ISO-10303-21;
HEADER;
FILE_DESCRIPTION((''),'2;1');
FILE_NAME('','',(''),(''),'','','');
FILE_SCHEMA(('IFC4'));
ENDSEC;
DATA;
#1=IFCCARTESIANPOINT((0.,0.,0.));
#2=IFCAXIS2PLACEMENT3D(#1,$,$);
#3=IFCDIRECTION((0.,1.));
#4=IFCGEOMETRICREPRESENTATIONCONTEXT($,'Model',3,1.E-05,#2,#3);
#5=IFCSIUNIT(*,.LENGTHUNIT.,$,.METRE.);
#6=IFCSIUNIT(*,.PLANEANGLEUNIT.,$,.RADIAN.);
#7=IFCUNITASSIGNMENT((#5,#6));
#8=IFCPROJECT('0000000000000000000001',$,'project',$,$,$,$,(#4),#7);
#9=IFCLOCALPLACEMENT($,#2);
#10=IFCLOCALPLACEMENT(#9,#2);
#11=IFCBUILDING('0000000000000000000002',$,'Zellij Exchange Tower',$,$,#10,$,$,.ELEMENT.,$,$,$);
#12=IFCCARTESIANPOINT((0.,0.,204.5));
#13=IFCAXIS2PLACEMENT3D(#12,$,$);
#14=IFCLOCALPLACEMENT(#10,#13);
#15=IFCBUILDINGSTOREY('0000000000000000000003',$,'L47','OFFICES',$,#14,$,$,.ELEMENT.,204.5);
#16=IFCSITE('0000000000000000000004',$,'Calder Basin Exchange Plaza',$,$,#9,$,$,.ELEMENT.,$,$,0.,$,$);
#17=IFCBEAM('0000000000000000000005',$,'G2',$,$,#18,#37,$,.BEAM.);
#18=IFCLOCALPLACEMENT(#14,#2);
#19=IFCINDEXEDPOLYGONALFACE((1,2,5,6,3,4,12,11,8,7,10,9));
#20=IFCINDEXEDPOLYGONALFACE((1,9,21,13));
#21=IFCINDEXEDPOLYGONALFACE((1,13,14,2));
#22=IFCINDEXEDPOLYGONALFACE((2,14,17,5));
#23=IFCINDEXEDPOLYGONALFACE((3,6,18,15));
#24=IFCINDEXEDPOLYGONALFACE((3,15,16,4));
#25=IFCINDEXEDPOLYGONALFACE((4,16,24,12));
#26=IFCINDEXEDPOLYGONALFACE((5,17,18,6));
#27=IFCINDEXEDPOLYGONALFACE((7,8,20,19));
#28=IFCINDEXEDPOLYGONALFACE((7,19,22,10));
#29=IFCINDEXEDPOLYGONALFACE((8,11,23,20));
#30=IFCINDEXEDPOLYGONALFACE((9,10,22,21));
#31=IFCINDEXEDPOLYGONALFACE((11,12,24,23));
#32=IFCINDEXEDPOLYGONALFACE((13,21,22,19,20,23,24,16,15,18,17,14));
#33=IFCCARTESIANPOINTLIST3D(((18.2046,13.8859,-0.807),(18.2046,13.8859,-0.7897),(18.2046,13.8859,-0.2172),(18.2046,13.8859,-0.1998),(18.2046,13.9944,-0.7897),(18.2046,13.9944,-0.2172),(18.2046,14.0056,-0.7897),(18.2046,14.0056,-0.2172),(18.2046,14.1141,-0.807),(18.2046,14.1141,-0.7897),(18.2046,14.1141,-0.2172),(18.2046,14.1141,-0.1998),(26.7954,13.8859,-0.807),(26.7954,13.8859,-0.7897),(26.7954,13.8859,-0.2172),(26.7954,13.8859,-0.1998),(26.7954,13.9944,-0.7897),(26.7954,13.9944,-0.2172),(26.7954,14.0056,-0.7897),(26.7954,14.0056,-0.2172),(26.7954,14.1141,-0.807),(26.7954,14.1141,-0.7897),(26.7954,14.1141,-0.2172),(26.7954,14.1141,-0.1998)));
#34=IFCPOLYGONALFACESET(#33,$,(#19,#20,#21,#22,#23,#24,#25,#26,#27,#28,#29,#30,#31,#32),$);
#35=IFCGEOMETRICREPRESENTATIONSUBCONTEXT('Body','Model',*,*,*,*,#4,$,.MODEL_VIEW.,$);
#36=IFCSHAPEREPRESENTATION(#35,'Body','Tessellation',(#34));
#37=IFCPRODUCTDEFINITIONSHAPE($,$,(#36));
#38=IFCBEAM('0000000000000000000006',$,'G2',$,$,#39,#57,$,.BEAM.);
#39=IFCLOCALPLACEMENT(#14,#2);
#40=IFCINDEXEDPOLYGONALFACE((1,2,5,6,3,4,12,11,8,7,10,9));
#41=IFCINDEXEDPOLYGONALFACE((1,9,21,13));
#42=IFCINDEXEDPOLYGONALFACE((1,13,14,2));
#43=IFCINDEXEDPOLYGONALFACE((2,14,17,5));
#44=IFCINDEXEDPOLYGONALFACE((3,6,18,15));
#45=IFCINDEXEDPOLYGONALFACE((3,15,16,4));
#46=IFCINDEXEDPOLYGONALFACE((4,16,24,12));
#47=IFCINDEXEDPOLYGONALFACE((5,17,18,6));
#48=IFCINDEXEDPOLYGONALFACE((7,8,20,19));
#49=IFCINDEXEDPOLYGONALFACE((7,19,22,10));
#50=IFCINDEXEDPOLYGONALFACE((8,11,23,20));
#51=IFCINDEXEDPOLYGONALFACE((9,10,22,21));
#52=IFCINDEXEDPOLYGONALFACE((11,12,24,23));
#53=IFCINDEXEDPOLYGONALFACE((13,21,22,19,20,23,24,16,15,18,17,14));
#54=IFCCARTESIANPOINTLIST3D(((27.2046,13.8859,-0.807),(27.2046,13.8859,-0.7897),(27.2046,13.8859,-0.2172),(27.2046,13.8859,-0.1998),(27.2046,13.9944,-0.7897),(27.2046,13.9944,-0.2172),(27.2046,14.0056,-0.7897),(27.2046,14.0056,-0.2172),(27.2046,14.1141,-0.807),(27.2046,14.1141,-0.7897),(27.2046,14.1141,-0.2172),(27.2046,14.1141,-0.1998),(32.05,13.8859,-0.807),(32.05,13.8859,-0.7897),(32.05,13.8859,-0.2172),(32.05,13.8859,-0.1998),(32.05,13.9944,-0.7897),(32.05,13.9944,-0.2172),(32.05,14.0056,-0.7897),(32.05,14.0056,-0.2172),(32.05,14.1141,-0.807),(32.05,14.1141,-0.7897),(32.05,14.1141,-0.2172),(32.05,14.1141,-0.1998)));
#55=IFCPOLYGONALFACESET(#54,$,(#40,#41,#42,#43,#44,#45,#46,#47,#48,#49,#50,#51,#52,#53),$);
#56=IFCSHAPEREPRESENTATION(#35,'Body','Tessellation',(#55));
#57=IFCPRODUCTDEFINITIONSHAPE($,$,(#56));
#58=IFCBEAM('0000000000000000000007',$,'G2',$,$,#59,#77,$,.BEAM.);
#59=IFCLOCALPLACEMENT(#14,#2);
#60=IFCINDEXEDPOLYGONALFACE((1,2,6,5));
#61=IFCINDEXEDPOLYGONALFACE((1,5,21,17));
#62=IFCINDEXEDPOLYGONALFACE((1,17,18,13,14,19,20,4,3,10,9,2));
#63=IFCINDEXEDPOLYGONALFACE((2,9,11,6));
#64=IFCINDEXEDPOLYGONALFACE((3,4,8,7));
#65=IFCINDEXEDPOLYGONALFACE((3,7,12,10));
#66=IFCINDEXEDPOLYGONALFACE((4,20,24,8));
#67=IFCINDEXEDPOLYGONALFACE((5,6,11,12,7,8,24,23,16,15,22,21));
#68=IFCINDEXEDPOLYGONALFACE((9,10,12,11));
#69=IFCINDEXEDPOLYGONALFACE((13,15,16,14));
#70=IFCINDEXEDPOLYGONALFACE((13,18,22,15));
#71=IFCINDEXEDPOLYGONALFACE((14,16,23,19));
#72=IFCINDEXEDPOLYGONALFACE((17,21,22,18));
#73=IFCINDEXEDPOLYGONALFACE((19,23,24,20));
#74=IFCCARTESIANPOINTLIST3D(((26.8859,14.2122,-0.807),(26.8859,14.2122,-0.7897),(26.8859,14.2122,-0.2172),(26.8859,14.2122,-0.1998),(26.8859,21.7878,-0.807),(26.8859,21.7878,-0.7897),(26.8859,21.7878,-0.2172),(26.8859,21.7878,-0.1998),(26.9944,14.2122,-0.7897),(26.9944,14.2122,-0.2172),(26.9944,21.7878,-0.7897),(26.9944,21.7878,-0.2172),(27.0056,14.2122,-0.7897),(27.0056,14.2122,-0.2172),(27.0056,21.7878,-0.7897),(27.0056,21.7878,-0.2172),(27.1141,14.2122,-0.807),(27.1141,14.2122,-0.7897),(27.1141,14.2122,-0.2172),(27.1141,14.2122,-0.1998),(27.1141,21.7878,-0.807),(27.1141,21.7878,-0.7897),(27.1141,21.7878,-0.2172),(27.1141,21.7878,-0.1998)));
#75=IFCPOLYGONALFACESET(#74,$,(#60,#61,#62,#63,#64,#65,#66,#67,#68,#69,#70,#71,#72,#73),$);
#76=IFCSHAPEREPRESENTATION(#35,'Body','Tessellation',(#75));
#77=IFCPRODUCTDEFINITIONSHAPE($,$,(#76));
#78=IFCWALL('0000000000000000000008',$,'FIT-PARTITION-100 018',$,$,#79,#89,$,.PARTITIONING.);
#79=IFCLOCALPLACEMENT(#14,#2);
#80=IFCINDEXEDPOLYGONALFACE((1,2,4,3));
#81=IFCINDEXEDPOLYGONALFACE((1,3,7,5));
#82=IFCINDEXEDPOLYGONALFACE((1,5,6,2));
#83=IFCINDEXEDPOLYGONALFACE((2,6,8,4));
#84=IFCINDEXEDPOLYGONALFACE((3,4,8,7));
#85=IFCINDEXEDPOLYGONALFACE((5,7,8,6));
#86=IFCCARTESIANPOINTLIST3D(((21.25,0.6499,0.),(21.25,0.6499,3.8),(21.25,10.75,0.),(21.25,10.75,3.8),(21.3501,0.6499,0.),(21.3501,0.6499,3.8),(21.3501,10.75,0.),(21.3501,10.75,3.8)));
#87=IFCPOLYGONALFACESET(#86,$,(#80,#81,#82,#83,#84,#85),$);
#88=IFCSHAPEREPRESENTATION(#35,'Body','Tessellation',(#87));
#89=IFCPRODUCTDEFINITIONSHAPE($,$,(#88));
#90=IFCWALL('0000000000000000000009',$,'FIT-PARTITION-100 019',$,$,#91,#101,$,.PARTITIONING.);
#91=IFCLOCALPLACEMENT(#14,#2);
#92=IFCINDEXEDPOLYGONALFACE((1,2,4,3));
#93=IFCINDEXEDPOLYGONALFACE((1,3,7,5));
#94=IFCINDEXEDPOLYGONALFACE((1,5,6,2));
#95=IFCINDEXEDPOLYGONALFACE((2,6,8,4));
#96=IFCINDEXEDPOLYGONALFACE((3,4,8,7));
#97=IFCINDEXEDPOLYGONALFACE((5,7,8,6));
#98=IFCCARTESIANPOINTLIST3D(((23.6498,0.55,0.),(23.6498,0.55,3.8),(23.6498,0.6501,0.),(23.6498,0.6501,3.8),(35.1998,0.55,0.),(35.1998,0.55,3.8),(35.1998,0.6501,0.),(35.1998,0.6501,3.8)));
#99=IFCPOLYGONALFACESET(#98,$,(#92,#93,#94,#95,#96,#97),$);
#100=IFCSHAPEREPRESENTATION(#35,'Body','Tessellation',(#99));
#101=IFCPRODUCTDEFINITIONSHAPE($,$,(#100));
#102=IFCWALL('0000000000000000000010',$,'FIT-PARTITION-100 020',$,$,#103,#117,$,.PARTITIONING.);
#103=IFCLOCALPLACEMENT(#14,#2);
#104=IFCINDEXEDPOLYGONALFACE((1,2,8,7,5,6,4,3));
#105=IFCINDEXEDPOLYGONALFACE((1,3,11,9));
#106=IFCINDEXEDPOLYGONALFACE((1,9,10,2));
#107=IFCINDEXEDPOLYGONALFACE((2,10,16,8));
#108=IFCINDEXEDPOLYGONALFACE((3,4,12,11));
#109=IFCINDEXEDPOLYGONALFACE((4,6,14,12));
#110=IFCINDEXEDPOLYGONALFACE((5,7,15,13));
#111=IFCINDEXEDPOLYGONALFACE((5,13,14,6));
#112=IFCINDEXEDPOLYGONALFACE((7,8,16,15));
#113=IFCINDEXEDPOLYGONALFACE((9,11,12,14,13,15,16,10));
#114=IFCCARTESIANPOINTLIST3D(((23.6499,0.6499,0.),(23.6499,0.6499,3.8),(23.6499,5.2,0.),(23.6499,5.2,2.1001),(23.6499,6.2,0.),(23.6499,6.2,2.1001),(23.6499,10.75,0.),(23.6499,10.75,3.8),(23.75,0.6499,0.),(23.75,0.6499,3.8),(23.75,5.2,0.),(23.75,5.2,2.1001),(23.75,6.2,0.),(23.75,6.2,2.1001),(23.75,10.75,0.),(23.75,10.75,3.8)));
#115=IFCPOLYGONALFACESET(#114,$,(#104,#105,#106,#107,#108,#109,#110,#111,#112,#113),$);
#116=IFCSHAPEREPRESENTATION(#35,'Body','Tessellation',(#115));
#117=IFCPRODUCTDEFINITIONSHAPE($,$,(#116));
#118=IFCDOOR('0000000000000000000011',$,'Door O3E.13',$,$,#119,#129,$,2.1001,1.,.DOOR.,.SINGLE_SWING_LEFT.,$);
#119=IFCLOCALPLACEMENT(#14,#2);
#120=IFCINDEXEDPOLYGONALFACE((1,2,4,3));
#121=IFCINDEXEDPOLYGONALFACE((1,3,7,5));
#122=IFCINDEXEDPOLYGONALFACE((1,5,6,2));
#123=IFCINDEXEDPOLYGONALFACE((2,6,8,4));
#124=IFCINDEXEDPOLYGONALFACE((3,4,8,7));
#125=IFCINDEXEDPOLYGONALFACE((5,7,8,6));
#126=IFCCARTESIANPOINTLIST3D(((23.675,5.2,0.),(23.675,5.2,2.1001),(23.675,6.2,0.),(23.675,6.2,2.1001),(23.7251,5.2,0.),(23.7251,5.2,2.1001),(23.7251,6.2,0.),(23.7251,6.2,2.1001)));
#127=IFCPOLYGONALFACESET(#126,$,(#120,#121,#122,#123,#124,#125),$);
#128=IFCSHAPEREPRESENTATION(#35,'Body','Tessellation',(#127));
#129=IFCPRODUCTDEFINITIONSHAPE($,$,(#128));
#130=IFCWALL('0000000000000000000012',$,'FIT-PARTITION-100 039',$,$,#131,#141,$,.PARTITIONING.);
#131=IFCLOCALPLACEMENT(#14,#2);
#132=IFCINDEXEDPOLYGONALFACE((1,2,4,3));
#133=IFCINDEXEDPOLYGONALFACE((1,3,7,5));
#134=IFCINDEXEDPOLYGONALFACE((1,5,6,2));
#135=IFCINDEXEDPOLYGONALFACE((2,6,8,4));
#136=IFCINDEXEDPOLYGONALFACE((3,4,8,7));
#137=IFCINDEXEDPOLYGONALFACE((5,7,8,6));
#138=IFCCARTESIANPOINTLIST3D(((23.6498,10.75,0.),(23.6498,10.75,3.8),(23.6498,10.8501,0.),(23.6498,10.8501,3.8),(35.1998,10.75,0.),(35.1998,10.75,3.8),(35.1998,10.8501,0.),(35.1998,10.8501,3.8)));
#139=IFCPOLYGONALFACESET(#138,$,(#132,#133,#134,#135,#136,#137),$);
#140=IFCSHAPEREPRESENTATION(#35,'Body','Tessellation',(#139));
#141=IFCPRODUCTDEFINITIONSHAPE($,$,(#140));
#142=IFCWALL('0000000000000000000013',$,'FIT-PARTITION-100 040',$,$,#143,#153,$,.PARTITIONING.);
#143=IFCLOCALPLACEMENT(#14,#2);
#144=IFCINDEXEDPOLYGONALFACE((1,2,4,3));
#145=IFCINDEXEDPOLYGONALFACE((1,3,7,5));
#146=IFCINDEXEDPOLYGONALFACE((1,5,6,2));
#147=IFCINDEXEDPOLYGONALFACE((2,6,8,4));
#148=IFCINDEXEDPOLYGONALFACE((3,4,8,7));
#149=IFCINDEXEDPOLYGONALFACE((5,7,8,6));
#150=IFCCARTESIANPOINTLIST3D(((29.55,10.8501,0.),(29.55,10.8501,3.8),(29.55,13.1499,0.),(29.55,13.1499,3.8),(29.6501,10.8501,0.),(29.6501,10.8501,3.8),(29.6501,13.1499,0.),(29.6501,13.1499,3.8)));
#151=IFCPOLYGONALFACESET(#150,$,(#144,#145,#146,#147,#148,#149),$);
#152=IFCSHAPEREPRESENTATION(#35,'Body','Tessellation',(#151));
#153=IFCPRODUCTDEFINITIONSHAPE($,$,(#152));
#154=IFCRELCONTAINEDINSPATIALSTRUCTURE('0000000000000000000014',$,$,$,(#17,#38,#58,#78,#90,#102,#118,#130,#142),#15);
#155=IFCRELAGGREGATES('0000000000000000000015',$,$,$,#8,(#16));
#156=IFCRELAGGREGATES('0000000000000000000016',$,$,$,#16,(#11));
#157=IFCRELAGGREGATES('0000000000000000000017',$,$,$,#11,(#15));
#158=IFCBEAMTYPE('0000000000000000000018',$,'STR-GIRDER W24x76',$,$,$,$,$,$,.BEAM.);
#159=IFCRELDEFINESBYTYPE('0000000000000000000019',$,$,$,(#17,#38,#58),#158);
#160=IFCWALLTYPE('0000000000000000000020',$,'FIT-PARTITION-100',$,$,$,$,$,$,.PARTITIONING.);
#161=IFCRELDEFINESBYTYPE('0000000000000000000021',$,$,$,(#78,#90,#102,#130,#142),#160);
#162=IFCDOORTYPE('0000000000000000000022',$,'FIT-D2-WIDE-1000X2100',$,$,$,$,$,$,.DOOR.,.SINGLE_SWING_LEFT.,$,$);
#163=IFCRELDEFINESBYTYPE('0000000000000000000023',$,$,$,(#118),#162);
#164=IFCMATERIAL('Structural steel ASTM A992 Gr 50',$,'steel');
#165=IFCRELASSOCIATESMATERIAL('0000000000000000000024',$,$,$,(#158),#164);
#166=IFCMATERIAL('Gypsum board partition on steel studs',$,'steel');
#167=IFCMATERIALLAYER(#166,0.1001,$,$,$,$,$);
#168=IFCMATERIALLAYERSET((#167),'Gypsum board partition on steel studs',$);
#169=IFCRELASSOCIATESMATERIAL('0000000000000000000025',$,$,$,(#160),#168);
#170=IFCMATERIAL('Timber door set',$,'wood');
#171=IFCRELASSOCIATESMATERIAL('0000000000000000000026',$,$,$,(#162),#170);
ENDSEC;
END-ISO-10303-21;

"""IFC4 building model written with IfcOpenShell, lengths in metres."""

from ifc_helpers import new_model, si_unit, direction, frame, frame_2d, origin, origin_2d, place, context, subcontext, project, spatial, rectangle, i_section, extrude, material, layer, layer_set, material_profile, profile_set, type_object, element, fill, save


model = new_model("IFC4")

# Units and contexts
model_context = context("Model", 3, precision=1e-05, world=origin(), true_north=direction((0.0, 1.0)))
body_context = subcontext(model_context, "Body", "Model", "MODEL_VIEW")
ifc_project = project(units=[si_unit("LENGTHUNIT", "METRE"), si_unit("PLANEANGLEUNIT", "RADIAN")], contexts=[model_context])

# Site, building, storey
site_placement = place(None, origin())
site = spatial("IfcSite", under=ifc_project, at=site_placement, Name="Calder Basin Exchange Plaza", CompositionType="ELEMENT", RefElevation=0.0)
building_placement = place(site_placement, origin())
building = spatial("IfcBuilding", under=site, at=building_placement, Name="Zellij Exchange Tower", CompositionType="ELEMENT")
storey_placement = place(building_placement, frame((0.0, 0.0, 204.5)))
storey = spatial("IfcBuildingStorey", under=building, at=storey_placement, Name="L47", Description="OFFICES", CompositionType="ELEMENT", Elevation=204.5)

# Beams
ifc_material_1 = material(Name="Structural steel ASTM A992 Gr 50", Category="steel")
ifc_material_profile_1 = material_profile(ifc_material_1, i_section(OverallWidth=0.2283, OverallDepth=0.6072, WebThickness=0.0112, FlangeThickness=0.0173, at=origin_2d()), Name="W24x76")
ifc_profile_set_1 = profile_set([ifc_material_profile_1], Name="Structural steel ASTM A992 Gr 50")
beam_type_1 = type_object("IfcBeamType", Name="STR-GIRDER W24x76", PredefinedType="BEAM", material=ifc_profile_set_1)
beam_1_placement = place(storey_placement, frame((18.2046, 14.0, -0.5034), z_axis=(1.0, 0.0, 0.0), x_axis=(0.0, 1.0, 0.0)))
element("IfcBeam", 1, at=beam_1_placement, inside=storey, type_object=beam_type_1, Name="G2", PredefinedType="BEAM", context=body_context, shape_type="SweptSolid", body=[
    extrude(i_section(OverallWidth=0.2283, OverallDepth=0.6072, WebThickness=0.0112, FlangeThickness=0.0173, at=origin_2d()), origin(), (0.0, 0.0, 1.0), 8.5908),
])
beam_2_placement = place(storey_placement, frame((27.2046, 14.0, -0.5034), z_axis=(1.0, 0.0, 0.0), x_axis=(0.0, 1.0, 0.0)))
element("IfcBeam", 2, at=beam_2_placement, inside=storey, type_object=beam_type_1, Name="G2", PredefinedType="BEAM", context=body_context, shape_type="SweptSolid", body=[
    extrude(i_section(OverallWidth=0.2283, OverallDepth=0.6072, WebThickness=0.0112, FlangeThickness=0.0173, at=origin_2d()), origin(), (0.0, 0.0, 1.0), 4.8455),
])
beam_3_placement = place(storey_placement, frame((27.0, 14.2122, -0.5034), z_axis=(0.0, 1.0, 0.0), x_axis=(-1.0, 0.0, 0.0)))
element("IfcBeam", 3, at=beam_3_placement, inside=storey, type_object=beam_type_1, Name="G2", PredefinedType="BEAM", context=body_context, shape_type="SweptSolid", body=[
    extrude(i_section(OverallWidth=0.2283, OverallDepth=0.6072, WebThickness=0.0112, FlangeThickness=0.0173, at=origin_2d()), origin(), (0.0, 0.0, 1.0), 7.5757),
])

# Walls
ifc_material_2 = material(Name="Gypsum board partition on steel studs", Category="steel")
ifc_layer_1 = layer(ifc_material_2, 0.1001)
ifc_layer_set_1 = layer_set([ifc_layer_1], Name="Gypsum board partition on steel studs")
wall_type = type_object("IfcWallType", Name="FIT-PARTITION-100", PredefinedType="PARTITIONING", material=ifc_layer_set_1)
wall_1_placement = place(storey_placement, frame((21.3, 0.6499, 0.0), z_axis=(0.0, 0.0, 1.0), x_axis=(0.0, 1.0, 0.0)))
element("IfcWall", 4, at=wall_1_placement, inside=storey, type_object=wall_type, Name="FIT-PARTITION-100 018", PredefinedType="PARTITIONING", context=body_context, shape_type="SweptSolid", body=[
    extrude(rectangle(XDim=10.1001, YDim=0.1001, at=frame_2d((5.05, 0.0))), origin(), (0.0, 0.0, 1.0), 3.8),
])
wall_2_placement = place(storey_placement, frame((23.6499, 0.6001, 0.0), z_axis=(0.0, 0.0, 1.0), x_axis=(1.0, 0.0, 0.0)))
element("IfcWall", 5, at=wall_2_placement, inside=storey, type_object=wall_type, Name="FIT-PARTITION-100 019", PredefinedType="PARTITIONING", context=body_context, shape_type="SweptSolid", body=[
    extrude(rectangle(XDim=11.55, YDim=0.1001, at=frame_2d((5.7749, 0.0))), origin(), (0.0, 0.0, 1.0), 3.8),
])

# Wall, opening, door
wall_3_placement = place(storey_placement, frame((23.7, 0.6499, 0.0), z_axis=(0.0, 0.0, 1.0), x_axis=(0.0, 1.0, 0.0)))
wall_3 = element("IfcWall", 6, at=wall_3_placement, inside=storey, type_object=wall_type, Name="FIT-PARTITION-100 020", PredefinedType="PARTITIONING", context=body_context, shape_type="SweptSolid", body=[
    extrude(rectangle(XDim=10.1001, YDim=0.1001, at=frame_2d((5.05, 0.0))), origin(), (0.0, 0.0, 1.0), 3.8),
])
opening_placement = place(wall_3_placement, frame((4.55, 0.0, 0.0)))
opening = element("IfcOpeningElement", 7, at=opening_placement, cuts=wall_3, PredefinedType="OPENING", context=body_context, shape_type="SweptSolid", body=[
    extrude(rectangle(XDim=1.0, YDim=2.1001, at=frame_2d((0.5, 1.05))), frame((0.0, 0.062, 0.0), z_axis=(0.0, -1.0, 0.0), x_axis=(1.0, 0.0, 0.0)), (0.0, 0.0, 1.0), 0.124),
])
ifc_material_3 = material(Name="Timber door set", Category="wood")
door_type = type_object("IfcDoorType", Name="FIT-D2-WIDE-1000X2100", OperationType="SINGLE_SWING_LEFT", PredefinedType="DOOR", material=ifc_material_3)
door_placement = place(opening_placement, origin())
door = element("IfcDoor", 8, at=door_placement, inside=storey, type_object=door_type, Name="Door O3E.13", OperationType="SINGLE_SWING_LEFT", OverallHeight=2.1001, OverallWidth=1.0, PredefinedType="DOOR", context=body_context, shape_type="SweptSolid", body=[
    extrude(rectangle(XDim=1.0, YDim=2.1001, at=frame_2d((0.5, 1.05))), frame((0.0, 0.0249, 0.0), z_axis=(0.0, -1.0, 0.0), x_axis=(1.0, 0.0, 0.0)), (0.0, 0.0, 1.0), 0.05),
])
fill(opening, door)

# Walls
wall_4_placement = place(storey_placement, frame((23.6499, 10.8, 0.0), z_axis=(0.0, 0.0, 1.0), x_axis=(1.0, 0.0, 0.0)))
element("IfcWall", 9, at=wall_4_placement, inside=storey, type_object=wall_type, Name="FIT-PARTITION-100 039", PredefinedType="PARTITIONING", context=body_context, shape_type="SweptSolid", body=[
    extrude(rectangle(XDim=11.55, YDim=0.1001, at=frame_2d((5.7749, 0.0))), origin(), (0.0, 0.0, 1.0), 3.8),
])
wall_5_placement = place(storey_placement, frame((29.6001, 10.8501, 0.0), z_axis=(0.0, 0.0, 1.0), x_axis=(0.0, 1.0, 0.0)))
element("IfcWall", 10, at=wall_5_placement, inside=storey, type_object=wall_type, Name="FIT-PARTITION-100 040", PredefinedType="PARTITIONING", context=body_context, shape_type="SweptSolid", body=[
    extrude(rectangle(XDim=2.2998, YDim=0.1001, at=frame_2d((1.1499, 0.0))), origin(), (0.0, 0.0, 1.0), 3.8),
])

save(model, "model.ifc")
